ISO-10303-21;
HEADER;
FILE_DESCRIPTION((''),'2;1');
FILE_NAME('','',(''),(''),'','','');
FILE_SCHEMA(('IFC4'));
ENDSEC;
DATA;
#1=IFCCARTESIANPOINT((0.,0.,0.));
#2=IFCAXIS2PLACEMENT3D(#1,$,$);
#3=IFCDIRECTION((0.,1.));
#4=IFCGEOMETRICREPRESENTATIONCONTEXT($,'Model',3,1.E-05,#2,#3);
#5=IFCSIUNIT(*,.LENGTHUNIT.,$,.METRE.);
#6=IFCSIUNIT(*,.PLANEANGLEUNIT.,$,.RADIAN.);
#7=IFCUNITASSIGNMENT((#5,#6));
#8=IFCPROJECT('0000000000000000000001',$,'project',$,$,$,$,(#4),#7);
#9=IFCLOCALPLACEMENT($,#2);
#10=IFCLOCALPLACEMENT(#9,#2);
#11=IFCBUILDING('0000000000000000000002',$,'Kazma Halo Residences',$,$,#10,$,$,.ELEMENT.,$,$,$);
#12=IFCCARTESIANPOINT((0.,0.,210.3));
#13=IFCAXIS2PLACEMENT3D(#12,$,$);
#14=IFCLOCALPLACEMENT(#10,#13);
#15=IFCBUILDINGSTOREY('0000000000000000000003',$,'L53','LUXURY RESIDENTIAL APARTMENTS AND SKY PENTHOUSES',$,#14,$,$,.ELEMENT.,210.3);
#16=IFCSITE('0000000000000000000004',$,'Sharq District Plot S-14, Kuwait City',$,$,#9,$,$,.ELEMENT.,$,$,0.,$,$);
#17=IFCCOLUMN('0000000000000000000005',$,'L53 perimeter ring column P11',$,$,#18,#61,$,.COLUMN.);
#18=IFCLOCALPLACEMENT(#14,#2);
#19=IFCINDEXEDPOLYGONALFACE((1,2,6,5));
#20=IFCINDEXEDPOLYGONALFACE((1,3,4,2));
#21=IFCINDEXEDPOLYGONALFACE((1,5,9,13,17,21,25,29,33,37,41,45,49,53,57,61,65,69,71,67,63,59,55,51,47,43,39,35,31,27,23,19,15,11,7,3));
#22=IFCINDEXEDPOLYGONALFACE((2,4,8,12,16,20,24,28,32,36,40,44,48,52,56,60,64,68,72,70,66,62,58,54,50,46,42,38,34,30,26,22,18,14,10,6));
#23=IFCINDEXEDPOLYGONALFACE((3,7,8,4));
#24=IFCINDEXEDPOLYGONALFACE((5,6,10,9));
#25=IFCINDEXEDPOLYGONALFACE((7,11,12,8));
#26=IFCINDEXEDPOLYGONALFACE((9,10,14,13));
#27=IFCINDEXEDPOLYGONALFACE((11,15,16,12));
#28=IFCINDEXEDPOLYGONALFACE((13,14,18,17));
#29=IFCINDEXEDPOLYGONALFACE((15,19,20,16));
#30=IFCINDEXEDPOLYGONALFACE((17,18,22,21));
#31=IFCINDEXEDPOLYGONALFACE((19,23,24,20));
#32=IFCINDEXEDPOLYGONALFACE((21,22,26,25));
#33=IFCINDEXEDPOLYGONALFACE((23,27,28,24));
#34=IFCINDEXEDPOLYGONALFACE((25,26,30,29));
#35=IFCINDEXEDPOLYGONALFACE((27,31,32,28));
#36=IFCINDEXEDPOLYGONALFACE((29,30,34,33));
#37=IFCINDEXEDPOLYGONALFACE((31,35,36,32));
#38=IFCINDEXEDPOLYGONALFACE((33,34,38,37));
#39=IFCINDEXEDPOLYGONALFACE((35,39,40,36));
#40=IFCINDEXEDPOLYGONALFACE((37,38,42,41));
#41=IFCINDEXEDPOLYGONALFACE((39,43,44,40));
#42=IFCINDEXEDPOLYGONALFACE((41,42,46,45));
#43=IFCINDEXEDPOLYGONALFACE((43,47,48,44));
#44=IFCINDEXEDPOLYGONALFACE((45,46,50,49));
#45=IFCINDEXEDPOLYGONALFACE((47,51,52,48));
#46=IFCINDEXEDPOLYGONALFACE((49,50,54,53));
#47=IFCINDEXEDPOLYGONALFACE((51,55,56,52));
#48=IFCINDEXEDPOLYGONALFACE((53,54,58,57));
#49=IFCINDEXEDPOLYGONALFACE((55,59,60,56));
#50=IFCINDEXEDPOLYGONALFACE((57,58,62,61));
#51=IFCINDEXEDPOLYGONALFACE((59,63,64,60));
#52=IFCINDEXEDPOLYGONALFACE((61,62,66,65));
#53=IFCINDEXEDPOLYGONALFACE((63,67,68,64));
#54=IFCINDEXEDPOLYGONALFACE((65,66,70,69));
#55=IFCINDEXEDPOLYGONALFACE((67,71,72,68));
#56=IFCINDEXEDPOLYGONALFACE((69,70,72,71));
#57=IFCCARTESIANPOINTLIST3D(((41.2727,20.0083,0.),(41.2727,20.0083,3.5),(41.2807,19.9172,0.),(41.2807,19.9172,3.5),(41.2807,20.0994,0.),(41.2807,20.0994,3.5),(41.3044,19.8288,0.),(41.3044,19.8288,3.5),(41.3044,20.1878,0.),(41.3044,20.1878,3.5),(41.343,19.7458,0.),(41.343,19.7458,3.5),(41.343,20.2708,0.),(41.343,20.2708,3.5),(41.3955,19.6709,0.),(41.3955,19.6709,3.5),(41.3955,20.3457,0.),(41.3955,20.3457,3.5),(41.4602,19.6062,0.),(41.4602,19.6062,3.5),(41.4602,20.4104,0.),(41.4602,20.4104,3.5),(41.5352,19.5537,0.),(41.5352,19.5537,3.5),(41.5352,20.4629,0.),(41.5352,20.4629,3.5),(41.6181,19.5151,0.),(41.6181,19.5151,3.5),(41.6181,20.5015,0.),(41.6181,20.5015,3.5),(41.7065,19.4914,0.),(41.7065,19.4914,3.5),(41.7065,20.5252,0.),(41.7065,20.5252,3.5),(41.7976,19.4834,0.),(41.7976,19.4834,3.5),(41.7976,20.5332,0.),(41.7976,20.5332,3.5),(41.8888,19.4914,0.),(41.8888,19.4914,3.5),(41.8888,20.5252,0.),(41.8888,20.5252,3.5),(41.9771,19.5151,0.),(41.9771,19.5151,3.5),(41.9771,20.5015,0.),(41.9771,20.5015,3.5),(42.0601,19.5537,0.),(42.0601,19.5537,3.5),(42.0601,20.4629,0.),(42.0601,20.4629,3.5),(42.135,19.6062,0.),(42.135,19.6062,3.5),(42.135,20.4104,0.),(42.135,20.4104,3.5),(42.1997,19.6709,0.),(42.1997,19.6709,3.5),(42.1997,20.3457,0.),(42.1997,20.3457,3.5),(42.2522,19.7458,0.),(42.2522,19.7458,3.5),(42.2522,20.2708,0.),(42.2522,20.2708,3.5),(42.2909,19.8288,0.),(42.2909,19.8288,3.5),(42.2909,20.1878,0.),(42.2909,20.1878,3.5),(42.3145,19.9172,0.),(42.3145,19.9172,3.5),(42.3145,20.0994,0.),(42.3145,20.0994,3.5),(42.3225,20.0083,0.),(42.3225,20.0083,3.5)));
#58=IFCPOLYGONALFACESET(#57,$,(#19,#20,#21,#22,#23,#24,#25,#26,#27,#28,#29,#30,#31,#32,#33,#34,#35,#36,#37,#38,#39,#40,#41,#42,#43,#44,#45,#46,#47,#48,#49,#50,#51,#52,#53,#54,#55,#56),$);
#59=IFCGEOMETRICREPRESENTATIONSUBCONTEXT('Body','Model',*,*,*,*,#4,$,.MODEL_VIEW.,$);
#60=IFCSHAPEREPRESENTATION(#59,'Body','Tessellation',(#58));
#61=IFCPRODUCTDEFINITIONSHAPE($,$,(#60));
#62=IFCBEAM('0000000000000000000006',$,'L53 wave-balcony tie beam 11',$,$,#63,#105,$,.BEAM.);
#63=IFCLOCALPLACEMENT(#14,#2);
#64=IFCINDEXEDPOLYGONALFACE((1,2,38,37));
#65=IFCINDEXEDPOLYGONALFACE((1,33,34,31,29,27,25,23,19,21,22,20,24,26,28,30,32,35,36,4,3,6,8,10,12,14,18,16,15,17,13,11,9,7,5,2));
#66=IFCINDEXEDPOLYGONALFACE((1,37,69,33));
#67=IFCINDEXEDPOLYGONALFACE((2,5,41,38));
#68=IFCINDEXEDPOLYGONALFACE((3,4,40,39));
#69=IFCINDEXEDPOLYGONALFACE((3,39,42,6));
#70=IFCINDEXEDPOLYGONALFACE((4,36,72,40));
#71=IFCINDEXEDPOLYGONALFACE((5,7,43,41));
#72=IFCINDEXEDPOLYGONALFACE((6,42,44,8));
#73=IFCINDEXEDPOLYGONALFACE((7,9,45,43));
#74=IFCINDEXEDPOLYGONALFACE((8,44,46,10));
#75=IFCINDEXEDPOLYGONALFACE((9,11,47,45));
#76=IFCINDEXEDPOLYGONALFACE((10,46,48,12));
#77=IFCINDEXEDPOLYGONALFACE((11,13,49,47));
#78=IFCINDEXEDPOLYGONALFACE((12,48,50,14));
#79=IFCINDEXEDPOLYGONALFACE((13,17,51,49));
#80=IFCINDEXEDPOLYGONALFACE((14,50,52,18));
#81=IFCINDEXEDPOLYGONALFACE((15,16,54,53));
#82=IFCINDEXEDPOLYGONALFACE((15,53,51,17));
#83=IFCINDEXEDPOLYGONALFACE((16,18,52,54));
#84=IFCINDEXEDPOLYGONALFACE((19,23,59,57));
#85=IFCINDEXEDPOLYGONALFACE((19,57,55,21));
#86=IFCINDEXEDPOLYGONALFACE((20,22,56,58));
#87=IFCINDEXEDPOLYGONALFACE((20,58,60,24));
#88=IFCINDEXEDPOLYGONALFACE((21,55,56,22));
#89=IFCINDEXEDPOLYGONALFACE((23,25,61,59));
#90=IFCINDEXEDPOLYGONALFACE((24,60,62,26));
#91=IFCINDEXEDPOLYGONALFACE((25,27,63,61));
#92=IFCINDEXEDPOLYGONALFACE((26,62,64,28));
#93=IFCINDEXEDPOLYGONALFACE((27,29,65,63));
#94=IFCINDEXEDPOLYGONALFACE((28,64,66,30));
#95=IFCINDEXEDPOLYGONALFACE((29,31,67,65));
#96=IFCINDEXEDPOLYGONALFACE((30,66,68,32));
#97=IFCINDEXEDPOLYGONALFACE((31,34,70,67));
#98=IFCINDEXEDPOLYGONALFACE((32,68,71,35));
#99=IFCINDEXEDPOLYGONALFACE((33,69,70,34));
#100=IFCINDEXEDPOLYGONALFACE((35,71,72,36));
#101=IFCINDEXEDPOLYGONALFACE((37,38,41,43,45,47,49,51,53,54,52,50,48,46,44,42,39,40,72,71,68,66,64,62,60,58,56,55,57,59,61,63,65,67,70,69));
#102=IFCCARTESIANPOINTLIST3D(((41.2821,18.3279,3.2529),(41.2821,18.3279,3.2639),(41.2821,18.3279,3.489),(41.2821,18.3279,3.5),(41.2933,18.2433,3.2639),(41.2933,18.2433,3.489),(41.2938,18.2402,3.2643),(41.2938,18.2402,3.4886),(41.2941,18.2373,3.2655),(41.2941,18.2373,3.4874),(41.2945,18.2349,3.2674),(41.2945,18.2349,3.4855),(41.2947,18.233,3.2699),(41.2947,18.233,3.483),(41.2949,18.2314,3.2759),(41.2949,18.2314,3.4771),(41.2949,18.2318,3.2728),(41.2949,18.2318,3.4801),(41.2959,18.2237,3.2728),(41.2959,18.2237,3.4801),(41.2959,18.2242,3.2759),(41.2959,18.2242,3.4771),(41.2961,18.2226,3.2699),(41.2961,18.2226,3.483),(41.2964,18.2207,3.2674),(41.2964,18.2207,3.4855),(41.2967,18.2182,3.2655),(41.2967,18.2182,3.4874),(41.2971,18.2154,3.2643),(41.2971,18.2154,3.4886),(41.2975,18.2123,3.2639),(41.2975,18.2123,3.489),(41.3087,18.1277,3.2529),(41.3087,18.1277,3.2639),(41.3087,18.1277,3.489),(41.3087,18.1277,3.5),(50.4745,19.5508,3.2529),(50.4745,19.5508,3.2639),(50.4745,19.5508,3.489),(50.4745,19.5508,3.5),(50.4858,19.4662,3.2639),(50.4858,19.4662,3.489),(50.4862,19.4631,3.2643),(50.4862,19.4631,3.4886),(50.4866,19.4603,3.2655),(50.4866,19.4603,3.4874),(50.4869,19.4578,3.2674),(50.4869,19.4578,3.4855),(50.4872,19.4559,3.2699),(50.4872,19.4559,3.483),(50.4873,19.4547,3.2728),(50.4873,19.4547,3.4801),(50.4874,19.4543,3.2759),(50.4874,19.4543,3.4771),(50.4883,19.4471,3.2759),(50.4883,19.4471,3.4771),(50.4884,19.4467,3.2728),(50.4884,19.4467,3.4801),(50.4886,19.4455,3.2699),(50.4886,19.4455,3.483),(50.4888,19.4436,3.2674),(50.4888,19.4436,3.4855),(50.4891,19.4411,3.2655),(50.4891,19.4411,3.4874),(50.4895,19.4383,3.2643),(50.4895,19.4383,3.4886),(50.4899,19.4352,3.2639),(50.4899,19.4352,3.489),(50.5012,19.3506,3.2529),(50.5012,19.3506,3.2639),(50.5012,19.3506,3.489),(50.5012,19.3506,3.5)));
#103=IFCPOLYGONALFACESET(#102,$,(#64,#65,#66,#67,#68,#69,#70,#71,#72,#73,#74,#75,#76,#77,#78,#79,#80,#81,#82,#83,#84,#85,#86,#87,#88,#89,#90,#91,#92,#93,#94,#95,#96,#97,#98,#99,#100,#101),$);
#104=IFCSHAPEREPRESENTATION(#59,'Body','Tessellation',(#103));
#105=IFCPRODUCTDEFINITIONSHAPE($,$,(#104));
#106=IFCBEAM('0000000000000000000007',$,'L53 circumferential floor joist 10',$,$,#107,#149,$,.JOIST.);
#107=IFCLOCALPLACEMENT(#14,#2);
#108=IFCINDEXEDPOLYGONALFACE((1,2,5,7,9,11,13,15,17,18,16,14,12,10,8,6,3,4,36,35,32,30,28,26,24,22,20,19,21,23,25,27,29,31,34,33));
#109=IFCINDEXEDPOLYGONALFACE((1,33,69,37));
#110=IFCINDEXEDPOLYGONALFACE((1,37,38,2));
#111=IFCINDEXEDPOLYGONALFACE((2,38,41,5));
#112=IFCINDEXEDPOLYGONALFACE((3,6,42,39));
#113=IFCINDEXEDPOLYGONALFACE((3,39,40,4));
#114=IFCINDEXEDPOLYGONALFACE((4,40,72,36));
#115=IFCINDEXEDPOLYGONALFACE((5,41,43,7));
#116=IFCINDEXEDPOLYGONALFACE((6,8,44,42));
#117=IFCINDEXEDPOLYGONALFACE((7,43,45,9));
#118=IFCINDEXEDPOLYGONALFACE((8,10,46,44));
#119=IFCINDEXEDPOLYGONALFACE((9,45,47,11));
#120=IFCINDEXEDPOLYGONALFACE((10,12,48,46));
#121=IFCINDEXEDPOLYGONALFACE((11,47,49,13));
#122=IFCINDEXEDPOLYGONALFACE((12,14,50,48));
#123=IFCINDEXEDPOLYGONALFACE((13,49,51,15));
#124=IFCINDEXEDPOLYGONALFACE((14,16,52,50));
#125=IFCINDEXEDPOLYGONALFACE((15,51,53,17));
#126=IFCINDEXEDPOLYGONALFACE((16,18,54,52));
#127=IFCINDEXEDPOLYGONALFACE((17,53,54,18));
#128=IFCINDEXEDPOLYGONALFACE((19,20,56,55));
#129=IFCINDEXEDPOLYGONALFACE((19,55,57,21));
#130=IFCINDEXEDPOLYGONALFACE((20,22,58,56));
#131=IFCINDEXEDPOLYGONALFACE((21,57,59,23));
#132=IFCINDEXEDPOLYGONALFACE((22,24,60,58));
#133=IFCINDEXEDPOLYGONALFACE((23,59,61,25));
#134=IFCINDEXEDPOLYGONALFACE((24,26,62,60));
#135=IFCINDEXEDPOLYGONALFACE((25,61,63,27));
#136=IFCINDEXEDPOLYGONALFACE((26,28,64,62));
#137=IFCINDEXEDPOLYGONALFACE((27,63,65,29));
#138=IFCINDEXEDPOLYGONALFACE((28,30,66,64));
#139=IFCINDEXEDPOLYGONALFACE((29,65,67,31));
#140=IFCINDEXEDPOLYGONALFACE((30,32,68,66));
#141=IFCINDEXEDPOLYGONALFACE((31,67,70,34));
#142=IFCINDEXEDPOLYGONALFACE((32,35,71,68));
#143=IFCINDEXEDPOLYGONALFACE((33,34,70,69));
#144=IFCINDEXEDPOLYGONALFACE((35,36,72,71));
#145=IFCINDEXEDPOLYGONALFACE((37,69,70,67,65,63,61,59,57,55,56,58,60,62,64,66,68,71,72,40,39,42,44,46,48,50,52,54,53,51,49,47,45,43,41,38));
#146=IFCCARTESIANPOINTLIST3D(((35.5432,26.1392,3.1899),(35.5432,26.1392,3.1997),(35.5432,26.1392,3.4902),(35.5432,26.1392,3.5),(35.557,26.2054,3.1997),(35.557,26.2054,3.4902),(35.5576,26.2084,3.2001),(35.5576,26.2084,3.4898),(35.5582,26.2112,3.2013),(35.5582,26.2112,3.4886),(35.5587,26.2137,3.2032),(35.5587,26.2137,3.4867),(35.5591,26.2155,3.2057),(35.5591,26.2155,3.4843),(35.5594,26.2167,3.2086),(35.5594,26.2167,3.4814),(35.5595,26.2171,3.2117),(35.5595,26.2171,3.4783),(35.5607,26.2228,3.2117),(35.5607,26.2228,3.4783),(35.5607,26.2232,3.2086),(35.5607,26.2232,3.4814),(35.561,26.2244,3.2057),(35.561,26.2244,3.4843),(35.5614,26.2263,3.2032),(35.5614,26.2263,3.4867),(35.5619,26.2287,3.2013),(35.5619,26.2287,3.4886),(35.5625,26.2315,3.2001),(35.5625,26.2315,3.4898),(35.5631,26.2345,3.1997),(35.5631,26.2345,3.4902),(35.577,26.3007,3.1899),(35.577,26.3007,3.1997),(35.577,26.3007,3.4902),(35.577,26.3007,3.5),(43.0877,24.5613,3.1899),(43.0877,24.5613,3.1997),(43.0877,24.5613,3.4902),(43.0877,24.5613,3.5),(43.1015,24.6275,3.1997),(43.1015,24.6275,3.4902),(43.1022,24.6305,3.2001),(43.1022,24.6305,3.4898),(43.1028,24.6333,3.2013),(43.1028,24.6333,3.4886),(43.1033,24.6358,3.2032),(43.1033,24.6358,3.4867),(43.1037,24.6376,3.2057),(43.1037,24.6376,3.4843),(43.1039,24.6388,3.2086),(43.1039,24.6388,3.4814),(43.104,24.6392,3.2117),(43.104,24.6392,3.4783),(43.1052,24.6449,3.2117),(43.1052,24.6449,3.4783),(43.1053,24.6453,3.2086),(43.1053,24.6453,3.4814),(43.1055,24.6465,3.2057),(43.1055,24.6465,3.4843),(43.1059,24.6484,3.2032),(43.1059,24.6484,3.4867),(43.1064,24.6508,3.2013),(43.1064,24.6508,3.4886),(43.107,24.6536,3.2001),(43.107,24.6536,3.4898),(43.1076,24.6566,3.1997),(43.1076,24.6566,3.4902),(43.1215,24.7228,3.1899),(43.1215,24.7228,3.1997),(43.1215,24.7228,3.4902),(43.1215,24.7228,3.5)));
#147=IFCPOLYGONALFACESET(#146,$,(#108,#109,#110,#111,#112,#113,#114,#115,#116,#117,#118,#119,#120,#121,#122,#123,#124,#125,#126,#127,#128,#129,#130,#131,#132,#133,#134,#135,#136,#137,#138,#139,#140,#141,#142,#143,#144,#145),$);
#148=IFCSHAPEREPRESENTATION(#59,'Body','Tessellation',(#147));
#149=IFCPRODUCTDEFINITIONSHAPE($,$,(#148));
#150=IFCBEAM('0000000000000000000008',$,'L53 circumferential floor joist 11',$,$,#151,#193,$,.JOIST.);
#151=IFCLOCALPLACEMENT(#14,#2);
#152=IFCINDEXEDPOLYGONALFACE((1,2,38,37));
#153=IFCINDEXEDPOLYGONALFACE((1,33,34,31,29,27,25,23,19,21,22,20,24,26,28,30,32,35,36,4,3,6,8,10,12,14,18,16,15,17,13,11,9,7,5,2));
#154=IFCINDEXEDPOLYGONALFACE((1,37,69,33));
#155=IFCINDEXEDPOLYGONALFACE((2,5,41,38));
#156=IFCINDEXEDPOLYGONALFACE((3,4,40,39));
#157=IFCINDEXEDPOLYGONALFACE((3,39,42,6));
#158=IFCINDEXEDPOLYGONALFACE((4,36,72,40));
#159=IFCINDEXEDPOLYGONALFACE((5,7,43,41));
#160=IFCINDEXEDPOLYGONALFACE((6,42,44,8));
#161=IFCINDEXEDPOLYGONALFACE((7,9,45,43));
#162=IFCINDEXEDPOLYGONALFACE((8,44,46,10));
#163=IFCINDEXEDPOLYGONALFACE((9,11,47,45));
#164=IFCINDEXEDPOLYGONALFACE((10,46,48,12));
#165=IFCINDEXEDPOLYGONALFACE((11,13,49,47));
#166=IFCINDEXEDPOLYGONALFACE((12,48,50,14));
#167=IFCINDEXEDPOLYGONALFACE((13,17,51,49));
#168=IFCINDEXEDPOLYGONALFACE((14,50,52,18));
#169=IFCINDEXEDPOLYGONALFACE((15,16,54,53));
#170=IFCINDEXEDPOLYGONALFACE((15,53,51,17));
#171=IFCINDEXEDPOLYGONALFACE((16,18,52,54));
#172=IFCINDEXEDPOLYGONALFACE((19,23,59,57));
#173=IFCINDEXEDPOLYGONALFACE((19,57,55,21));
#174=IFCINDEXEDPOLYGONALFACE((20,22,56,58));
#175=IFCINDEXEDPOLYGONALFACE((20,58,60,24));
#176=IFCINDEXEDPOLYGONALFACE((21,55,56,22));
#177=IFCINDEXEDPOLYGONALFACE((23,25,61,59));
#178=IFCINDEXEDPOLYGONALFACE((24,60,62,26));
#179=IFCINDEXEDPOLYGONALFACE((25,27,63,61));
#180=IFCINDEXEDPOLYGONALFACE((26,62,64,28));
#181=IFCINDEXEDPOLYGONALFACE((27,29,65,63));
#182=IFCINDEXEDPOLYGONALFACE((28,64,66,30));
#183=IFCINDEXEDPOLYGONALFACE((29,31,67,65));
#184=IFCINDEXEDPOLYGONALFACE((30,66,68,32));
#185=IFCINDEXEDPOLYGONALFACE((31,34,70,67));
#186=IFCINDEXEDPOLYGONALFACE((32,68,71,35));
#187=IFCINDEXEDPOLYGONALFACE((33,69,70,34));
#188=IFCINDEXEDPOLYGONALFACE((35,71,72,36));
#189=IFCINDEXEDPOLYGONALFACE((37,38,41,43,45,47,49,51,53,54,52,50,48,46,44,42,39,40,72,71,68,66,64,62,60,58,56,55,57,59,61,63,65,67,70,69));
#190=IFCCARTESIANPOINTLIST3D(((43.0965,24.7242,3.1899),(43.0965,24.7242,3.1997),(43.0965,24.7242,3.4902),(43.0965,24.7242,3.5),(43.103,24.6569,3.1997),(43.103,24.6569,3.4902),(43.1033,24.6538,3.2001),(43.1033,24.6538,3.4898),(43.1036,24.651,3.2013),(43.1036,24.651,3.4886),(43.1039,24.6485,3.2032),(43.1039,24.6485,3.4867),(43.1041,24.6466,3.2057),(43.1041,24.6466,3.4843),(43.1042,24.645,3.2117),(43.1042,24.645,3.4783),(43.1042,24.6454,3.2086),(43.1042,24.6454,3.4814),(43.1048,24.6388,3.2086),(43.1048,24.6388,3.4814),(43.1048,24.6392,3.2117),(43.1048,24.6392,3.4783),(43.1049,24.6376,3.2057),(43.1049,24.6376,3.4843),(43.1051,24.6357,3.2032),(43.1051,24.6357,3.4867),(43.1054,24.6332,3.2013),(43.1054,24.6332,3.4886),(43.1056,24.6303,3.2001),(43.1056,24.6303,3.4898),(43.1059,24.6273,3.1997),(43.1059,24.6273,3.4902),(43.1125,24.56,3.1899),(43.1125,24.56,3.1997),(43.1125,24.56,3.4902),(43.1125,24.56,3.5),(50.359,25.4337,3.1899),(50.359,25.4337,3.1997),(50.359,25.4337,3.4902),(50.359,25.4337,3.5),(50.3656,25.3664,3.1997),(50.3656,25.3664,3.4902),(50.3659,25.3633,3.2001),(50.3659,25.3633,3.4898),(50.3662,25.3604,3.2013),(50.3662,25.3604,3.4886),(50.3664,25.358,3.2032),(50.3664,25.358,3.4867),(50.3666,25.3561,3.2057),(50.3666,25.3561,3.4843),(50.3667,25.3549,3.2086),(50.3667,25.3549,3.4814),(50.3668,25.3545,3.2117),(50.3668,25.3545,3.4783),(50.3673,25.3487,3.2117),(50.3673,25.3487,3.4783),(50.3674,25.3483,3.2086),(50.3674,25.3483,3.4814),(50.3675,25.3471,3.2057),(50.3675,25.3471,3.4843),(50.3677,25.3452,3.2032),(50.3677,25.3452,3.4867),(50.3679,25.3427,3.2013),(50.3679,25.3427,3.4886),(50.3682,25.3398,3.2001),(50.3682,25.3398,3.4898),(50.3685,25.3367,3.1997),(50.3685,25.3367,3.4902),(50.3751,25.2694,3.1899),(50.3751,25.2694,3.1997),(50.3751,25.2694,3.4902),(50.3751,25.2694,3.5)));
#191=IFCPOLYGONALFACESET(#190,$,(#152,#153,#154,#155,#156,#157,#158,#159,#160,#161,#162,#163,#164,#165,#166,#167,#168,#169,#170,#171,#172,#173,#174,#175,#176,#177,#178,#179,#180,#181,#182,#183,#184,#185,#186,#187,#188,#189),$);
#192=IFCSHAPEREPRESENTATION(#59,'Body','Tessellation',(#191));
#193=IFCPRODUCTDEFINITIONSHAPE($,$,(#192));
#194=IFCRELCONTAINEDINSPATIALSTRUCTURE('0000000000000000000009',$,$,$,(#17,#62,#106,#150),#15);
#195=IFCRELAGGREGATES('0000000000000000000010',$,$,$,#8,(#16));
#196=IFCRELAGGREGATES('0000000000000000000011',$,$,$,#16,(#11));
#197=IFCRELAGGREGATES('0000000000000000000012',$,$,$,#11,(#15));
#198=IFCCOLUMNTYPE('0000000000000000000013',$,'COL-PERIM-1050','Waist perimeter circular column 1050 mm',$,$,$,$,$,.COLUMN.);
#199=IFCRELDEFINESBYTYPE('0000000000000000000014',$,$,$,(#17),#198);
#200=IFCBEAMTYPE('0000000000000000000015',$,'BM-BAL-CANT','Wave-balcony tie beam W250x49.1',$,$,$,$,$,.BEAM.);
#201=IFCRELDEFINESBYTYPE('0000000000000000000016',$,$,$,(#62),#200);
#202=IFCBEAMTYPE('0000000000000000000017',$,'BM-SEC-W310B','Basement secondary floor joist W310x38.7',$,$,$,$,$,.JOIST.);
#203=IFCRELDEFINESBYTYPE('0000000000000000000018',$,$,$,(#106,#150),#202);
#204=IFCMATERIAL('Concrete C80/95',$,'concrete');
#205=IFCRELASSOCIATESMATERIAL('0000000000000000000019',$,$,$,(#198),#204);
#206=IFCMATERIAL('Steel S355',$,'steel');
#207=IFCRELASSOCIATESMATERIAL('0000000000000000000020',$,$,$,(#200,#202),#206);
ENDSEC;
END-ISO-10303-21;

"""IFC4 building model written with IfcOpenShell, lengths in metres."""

from ifc_helpers import new_model, si_unit, direction, frame, origin, origin_2d, place, context, subcontext, project, spatial, circle, i_section, extrude, material, material_profile, profile_set, type_object, element, save


model = new_model("IFC4")

# Units and contexts
model_context = context("Model", 3, precision=1e-05, world=origin(), true_north=direction((0.0, 1.0)))
body_context = subcontext(model_context, "Body", "Model", "MODEL_VIEW")
ifc_project = project(units=[si_unit("LENGTHUNIT", "METRE"), si_unit("PLANEANGLEUNIT", "RADIAN")], contexts=[model_context])

# Site, building, storey
site_placement = place(None, origin())
site = spatial("IfcSite", under=ifc_project, at=site_placement, Name="Sharq District Plot S-14, Kuwait City", CompositionType="ELEMENT", RefElevation=0.0)
building_placement = place(site_placement, origin())
building = spatial("IfcBuilding", under=site, at=building_placement, Name="Kazma Halo Residences", CompositionType="ELEMENT")
storey_placement = place(building_placement, frame((0.0, 0.0, 210.3)))
storey = spatial("IfcBuildingStorey", under=building, at=storey_placement, Name="L53", Description="LUXURY RESIDENTIAL APARTMENTS AND SKY PENTHOUSES", CompositionType="ELEMENT", Elevation=210.3)

# Column
ifc_material_1 = material(Name="Concrete C80/95", Category="concrete")
ifc_material_profile_1 = material_profile(ifc_material_1, circle(Radius=0.5249, at=origin_2d()), Name="CIRC1050")
ifc_profile_set_1 = profile_set([ifc_material_profile_1], Name="Concrete C80/95")
column_type = type_object("IfcColumnType", Name="COL-PERIM-1050", Description="Waist perimeter circular column 1050 mm", PredefinedType="COLUMN", material=ifc_profile_set_1)
column_placement = place(storey_placement, frame((41.7976, 20.0083, 0.0), z_axis=(0.0, 0.0, 1.0), x_axis=(1.0, 0.0, 0.0)))
element("IfcColumn", 1, at=column_placement, inside=storey, type_object=column_type, Name="L53 perimeter ring column P11", PredefinedType="COLUMN", context=body_context, shape_type="SweptSolid", body=[
    extrude(circle(Radius=0.5249, at=origin_2d()), origin(), (0.0, 0.0, 1.0), 3.5),
])

# Beams
ifc_material_2 = material(Name="Steel S355", Category="steel")
ifc_material_profile_2 = material_profile(ifc_material_2, i_section(OverallWidth=0.2019, OverallDepth=0.2471, WebThickness=0.0073, FlangeThickness=0.011, FilletRadius=0.012, at=origin_2d()), Name="W250x49.1")
ifc_profile_set_2 = profile_set([ifc_material_profile_2], Name="Steel S355")
beam_type_1 = type_object("IfcBeamType", Name="BM-BAL-CANT", Description="Wave-balcony tie beam W250x49.1", PredefinedType="BEAM", material=ifc_profile_set_2)
beam_1_placement = place(storey_placement, frame((41.2954, 18.2278, 3.3765), z_axis=(0.991267, 0.131872, 0.0), x_axis=(-0.131872, 0.991267, 0.0)))
element("IfcBeam", 2, at=beam_1_placement, inside=storey, type_object=beam_type_1, Name="L53 wave-balcony tie beam 11", PredefinedType="BEAM", context=body_context, shape_type="SweptSolid", body=[
    extrude(i_section(OverallWidth=0.2019, OverallDepth=0.2471, WebThickness=0.0073, FlangeThickness=0.011, FilletRadius=0.012, at=origin_2d()), origin(), (0.0, 0.0, 1.0), 9.2734),
])
ifc_material_profile_3 = material_profile(ifc_material_2, i_section(OverallWidth=0.165, OverallDepth=0.3101, WebThickness=0.0059, FlangeThickness=0.0098, FilletRadius=0.012, at=origin_2d()), Name="W310x38.7")
ifc_profile_set_3 = profile_set([ifc_material_profile_3], Name="Steel S355")
beam_type_2 = type_object("IfcBeamType", Name="BM-SEC-W310B", Description="Basement secondary floor joist W310x38.7", PredefinedType="JOIST", material=ifc_profile_set_3)
beam_2_placement = place(storey_placement, frame((35.5601, 26.22, 3.345), z_axis=(0.978821, -0.204716, 0.0), x_axis=(0.204716, 0.978821, 0.0)))
element("IfcBeam", 3, at=beam_2_placement, inside=storey, type_object=beam_type_2, Name="L53 circumferential floor joist 10", PredefinedType="JOIST", context=body_context, shape_type="SweptSolid", body=[
    extrude(i_section(OverallWidth=0.165, OverallDepth=0.3101, WebThickness=0.0059, FlangeThickness=0.0098, FilletRadius=0.012, at=origin_2d()), origin(), (0.0, 0.0, 1.0), 7.7078),
])
beam_3_placement = place(storey_placement, frame((43.1045, 24.6421, 3.345), z_axis=(0.995262, 0.097228, 0.0), x_axis=(-0.097228, 0.995262, 0.0)))
element("IfcBeam", 4, at=beam_3_placement, inside=storey, type_object=beam_type_2, Name="L53 circumferential floor joist 11", PredefinedType="JOIST", context=body_context, shape_type="SweptSolid", body=[
    extrude(i_section(OverallWidth=0.165, OverallDepth=0.3101, WebThickness=0.0059, FlangeThickness=0.0098, FilletRadius=0.012, at=origin_2d()), origin(), (0.0, 0.0, 1.0), 7.2971),
])

save(model, "model.ifc")
